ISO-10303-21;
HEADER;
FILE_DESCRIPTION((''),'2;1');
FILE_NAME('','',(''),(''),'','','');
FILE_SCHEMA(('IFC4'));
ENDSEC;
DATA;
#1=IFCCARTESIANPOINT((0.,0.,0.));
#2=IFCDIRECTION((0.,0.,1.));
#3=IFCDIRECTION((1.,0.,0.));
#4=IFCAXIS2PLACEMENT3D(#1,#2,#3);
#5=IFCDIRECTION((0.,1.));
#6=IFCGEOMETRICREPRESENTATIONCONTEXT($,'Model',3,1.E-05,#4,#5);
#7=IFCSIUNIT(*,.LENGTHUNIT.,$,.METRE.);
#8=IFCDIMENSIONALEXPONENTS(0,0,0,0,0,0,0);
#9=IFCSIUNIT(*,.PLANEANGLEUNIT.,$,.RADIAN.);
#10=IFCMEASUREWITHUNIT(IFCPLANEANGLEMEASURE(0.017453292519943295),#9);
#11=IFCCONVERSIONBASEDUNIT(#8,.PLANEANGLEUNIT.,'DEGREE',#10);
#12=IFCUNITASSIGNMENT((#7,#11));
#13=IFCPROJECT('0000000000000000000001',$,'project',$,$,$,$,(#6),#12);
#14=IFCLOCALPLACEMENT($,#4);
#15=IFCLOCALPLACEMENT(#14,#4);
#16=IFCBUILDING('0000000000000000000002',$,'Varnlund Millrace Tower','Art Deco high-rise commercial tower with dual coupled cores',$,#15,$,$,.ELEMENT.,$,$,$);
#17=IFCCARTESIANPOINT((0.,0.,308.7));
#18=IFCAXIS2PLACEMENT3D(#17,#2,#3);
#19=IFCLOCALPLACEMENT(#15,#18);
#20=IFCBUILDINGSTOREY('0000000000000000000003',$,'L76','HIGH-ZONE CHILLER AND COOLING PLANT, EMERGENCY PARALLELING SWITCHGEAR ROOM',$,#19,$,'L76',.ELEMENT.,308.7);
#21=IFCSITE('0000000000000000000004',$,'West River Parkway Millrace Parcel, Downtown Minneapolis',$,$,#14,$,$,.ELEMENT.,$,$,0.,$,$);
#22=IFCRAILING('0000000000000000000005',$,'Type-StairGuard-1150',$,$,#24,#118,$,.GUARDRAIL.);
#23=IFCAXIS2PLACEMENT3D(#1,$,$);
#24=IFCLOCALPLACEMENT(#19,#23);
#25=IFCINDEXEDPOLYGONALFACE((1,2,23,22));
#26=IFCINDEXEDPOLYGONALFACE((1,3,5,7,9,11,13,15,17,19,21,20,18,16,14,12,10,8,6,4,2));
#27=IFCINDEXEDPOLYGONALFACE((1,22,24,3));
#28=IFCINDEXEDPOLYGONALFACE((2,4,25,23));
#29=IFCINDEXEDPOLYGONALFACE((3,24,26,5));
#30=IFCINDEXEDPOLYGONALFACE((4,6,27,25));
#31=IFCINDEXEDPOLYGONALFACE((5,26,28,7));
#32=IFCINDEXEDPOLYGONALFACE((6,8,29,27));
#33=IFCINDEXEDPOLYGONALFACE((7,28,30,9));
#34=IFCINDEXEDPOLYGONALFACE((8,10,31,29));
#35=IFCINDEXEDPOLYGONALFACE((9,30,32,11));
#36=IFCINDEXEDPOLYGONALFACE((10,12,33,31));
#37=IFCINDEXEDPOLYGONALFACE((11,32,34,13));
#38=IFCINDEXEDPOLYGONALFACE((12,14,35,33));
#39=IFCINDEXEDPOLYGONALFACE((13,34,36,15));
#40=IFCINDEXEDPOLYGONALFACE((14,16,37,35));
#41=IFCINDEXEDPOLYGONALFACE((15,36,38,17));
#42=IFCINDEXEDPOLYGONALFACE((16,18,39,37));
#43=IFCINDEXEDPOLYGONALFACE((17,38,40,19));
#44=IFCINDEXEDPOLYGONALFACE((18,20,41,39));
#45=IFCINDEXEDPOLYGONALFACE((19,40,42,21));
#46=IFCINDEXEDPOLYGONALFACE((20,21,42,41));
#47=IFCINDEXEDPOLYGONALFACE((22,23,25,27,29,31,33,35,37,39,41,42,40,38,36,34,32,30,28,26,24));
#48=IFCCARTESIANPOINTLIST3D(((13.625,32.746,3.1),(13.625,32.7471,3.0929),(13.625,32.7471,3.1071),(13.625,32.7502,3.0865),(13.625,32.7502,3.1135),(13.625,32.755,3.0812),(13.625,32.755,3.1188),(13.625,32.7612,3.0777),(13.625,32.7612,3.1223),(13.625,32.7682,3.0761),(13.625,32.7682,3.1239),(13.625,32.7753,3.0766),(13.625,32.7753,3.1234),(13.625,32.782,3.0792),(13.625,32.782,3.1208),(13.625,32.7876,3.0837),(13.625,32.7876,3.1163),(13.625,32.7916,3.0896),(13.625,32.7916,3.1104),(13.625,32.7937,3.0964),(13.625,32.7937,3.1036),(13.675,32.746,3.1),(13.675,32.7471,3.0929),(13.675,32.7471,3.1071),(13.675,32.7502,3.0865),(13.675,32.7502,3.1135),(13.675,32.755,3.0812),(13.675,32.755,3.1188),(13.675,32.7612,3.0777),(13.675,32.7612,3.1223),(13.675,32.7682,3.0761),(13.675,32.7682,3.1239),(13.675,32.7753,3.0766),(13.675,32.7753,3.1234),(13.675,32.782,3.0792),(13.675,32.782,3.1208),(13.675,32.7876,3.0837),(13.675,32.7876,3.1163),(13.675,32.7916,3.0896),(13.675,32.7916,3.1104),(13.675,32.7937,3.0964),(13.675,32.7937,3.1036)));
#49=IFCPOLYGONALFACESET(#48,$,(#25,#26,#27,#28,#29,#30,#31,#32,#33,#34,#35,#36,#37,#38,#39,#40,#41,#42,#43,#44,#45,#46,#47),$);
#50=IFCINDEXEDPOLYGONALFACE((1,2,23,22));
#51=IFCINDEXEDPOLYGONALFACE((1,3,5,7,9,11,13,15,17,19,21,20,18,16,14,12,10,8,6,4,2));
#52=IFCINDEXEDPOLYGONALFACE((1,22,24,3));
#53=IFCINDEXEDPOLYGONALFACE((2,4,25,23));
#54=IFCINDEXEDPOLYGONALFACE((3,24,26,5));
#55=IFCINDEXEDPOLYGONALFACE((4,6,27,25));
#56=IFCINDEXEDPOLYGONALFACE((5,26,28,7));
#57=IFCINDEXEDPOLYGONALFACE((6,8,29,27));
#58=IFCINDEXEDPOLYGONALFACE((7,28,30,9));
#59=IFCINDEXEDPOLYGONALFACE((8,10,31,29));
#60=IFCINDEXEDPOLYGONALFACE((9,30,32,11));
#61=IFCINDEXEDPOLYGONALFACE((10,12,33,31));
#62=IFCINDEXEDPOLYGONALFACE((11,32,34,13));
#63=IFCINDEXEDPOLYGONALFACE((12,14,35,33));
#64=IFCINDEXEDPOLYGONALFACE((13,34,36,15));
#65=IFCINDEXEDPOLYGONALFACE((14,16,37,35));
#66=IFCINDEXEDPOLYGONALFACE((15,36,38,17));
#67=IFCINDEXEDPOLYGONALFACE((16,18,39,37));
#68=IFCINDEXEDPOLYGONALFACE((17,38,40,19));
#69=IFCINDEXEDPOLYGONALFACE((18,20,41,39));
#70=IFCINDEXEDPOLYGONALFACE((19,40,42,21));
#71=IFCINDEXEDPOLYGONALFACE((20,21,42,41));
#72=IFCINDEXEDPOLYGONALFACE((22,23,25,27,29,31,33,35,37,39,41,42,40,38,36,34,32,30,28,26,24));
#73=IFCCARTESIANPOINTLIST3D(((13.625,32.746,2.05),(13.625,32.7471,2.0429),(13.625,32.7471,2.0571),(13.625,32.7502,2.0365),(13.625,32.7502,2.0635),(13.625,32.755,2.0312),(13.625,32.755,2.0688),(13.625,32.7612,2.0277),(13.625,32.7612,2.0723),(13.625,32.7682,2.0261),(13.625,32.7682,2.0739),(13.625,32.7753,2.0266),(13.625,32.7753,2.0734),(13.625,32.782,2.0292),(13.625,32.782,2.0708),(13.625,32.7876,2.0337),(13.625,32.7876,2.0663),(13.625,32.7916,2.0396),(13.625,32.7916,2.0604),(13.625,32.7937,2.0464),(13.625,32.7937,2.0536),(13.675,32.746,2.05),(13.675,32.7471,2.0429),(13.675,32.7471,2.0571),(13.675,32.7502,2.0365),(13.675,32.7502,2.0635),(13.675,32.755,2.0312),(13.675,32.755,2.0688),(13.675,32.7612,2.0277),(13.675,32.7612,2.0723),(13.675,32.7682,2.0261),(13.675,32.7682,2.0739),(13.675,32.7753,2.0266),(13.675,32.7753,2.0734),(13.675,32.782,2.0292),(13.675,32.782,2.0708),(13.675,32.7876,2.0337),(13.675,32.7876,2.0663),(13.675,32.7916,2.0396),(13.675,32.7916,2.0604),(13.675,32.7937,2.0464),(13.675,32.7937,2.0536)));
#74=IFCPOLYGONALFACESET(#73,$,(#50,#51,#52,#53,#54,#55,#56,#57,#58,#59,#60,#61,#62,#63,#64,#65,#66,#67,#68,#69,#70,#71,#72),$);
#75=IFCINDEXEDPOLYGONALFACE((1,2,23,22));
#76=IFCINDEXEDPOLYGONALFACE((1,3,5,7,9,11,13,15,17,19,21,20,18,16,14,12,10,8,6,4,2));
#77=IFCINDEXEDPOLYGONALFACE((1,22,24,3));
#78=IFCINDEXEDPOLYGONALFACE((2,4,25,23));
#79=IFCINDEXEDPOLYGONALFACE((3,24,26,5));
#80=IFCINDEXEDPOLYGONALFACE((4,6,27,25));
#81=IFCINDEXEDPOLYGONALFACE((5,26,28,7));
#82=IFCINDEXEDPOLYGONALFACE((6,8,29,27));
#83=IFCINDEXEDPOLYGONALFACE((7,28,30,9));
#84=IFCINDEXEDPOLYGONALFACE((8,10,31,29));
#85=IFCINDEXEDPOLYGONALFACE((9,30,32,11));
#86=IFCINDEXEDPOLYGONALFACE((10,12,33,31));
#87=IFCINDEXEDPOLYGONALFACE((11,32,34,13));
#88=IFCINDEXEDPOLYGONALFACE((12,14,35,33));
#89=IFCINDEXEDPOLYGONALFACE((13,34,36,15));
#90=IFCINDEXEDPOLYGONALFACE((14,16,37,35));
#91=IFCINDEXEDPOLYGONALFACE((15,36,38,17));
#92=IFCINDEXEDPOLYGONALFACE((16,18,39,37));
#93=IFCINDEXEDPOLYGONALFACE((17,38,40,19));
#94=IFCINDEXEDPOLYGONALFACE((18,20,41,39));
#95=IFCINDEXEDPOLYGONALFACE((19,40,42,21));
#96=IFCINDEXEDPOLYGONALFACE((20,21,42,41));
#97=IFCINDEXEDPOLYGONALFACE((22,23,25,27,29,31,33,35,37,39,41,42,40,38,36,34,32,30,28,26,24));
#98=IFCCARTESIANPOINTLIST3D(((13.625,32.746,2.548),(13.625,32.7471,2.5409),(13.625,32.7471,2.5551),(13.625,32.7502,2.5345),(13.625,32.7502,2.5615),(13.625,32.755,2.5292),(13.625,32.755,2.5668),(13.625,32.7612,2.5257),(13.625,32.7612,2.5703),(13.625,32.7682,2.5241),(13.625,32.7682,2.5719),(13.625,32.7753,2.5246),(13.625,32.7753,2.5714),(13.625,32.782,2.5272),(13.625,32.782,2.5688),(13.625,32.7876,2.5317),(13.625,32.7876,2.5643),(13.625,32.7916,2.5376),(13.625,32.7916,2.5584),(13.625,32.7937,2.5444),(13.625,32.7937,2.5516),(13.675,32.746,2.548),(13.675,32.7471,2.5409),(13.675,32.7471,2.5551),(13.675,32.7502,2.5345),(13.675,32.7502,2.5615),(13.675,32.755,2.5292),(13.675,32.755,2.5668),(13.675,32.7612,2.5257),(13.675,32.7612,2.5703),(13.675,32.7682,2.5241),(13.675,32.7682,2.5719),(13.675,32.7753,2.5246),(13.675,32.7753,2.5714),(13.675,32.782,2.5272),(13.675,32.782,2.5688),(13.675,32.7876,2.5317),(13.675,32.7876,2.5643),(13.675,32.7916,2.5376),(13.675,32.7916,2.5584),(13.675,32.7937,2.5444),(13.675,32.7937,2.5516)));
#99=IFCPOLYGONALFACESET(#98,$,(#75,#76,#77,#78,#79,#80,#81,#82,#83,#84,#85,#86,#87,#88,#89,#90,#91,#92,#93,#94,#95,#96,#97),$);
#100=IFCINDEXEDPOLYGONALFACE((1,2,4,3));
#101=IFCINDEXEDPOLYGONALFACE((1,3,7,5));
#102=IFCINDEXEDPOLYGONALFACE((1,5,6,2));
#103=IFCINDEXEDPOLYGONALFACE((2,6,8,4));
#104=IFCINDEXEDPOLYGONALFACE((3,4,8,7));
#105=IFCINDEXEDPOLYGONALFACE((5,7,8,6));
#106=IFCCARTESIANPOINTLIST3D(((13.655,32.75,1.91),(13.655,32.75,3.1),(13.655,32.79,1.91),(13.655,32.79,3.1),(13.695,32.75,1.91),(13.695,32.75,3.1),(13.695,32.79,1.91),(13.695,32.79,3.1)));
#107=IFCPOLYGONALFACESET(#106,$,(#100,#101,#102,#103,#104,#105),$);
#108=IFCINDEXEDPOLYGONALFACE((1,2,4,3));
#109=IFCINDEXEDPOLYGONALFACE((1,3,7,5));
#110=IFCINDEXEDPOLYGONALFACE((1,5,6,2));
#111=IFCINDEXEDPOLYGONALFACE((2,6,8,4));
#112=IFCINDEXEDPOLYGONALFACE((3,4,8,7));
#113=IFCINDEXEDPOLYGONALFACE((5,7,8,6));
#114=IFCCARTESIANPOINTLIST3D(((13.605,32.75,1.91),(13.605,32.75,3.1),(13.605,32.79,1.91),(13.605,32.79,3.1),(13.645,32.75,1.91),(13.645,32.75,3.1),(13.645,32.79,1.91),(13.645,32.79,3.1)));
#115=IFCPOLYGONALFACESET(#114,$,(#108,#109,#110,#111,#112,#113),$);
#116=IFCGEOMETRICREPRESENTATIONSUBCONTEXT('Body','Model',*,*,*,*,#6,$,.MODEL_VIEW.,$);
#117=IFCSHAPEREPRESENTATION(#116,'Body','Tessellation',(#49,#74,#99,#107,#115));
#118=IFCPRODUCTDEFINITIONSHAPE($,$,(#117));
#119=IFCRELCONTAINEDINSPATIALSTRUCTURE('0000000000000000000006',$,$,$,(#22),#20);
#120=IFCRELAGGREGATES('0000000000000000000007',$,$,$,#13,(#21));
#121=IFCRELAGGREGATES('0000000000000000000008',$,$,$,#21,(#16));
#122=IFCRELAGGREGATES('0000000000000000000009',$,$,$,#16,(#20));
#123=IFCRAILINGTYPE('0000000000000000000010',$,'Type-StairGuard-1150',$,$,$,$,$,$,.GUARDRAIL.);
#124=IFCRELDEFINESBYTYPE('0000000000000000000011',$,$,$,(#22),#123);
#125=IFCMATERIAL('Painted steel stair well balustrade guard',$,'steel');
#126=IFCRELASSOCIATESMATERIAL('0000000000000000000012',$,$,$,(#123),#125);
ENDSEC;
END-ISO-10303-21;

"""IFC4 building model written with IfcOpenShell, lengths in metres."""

from ifc_helpers import new_model, entity, si_unit, converted_unit, direction, frame, origin_with_axes, origin_2d_with_axis, place, context, subcontext, project, spatial, rectangle, circle, extrude, material, type_object, element, save


model = new_model("IFC4")

# Units and contexts
model_context = context("Model", 3, precision=1e-05, world=origin_with_axes(), true_north=direction((0.0, 1.0)))
body_context = subcontext(model_context, "Body", "Model", "MODEL_VIEW")
ifc_project = project(units=[si_unit("LENGTHUNIT", "METRE"), converted_unit("PLANEANGLEUNIT", "DEGREE", entity("IfcPlaneAngleMeasure", 0.017453292519943295), si_unit("PLANEANGLEUNIT", "RADIAN"), dimensions=[0, 0, 0, 0, 0, 0, 0])], contexts=[model_context])

# Site, building, storey
site_placement = place(None, origin_with_axes())
site = spatial("IfcSite", under=ifc_project, at=site_placement, Name="West River Parkway Millrace Parcel, Downtown Minneapolis", CompositionType="ELEMENT", RefElevation=0.0)
building_placement = place(site_placement, origin_with_axes())
building = spatial("IfcBuilding", under=site, at=building_placement, Name="Varnlund Millrace Tower", Description="Art Deco high-rise commercial tower with dual coupled cores", CompositionType="ELEMENT")
storey_placement = place(building_placement, frame((0.0, 0.0, 308.7), z_axis=(0.0, 0.0, 1.0), x_axis=(1.0, 0.0, 0.0)))
storey = spatial("IfcBuildingStorey", under=building, at=storey_placement, Name="L76", Description="HIGH-ZONE CHILLER AND COOLING PLANT, EMERGENCY PARALLELING SWITCHGEAR ROOM", LongName="L76", CompositionType="ELEMENT", Elevation=308.7)

# Railing
ifc_material_1 = material(Name="Painted steel stair well balustrade guard", Category="steel")
railing_type_1 = type_object("IfcRailingType", Name="Type-StairGuard-1150", PredefinedType="GUARDRAIL", material=ifc_material_1)
railing_1_placement = place(storey_placement, frame((0.0, 0.0, -308.7), z_axis=(0.0, 0.0, 1.0), x_axis=(1.0, 0.0, 0.0)))
element("IfcRailing", 1, at=railing_1_placement, inside=storey, type_object=railing_type_1, Name="Type-StairGuard-1150", PredefinedType="GUARDRAIL", context=body_context, shape_type="SweptSolid", body=[
    extrude(circle(Radius=0.024, at=origin_2d_with_axis()), frame((13.675, 32.77, 311.8), z_axis=(-1.0, 0.0, 0.0), x_axis=(0.0, -1.0, 0.0)), (0.0, 0.0, 1.0), 0.05),
    extrude(circle(Radius=0.024, at=origin_2d_with_axis()), frame((13.675, 32.77, 310.75), z_axis=(-1.0, 0.0, 0.0), x_axis=(0.0, -1.0, 0.0)), (0.0, 0.0, 1.0), 0.05),
    extrude(circle(Radius=0.024, at=origin_2d_with_axis()), frame((13.675, 32.77, 311.248), z_axis=(-1.0, 0.0, 0.0), x_axis=(0.0, -1.0, 0.0)), (0.0, 0.0, 1.0), 0.05),
    extrude(rectangle(XDim=0.04, YDim=0.04, at=origin_2d_with_axis()), frame((13.675, 32.77, 310.61), z_axis=(0.0, 0.0, 1.0), x_axis=(1.0, 0.0, 0.0)), (0.0, 0.0, 1.0), 1.19),
    extrude(rectangle(XDim=0.04, YDim=0.04, at=origin_2d_with_axis()), frame((13.625, 32.77, 310.61), z_axis=(0.0, 0.0, 1.0), x_axis=(1.0, 0.0, 0.0)), (0.0, 0.0, 1.0), 1.19),
])

save(model, "model.ifc")
